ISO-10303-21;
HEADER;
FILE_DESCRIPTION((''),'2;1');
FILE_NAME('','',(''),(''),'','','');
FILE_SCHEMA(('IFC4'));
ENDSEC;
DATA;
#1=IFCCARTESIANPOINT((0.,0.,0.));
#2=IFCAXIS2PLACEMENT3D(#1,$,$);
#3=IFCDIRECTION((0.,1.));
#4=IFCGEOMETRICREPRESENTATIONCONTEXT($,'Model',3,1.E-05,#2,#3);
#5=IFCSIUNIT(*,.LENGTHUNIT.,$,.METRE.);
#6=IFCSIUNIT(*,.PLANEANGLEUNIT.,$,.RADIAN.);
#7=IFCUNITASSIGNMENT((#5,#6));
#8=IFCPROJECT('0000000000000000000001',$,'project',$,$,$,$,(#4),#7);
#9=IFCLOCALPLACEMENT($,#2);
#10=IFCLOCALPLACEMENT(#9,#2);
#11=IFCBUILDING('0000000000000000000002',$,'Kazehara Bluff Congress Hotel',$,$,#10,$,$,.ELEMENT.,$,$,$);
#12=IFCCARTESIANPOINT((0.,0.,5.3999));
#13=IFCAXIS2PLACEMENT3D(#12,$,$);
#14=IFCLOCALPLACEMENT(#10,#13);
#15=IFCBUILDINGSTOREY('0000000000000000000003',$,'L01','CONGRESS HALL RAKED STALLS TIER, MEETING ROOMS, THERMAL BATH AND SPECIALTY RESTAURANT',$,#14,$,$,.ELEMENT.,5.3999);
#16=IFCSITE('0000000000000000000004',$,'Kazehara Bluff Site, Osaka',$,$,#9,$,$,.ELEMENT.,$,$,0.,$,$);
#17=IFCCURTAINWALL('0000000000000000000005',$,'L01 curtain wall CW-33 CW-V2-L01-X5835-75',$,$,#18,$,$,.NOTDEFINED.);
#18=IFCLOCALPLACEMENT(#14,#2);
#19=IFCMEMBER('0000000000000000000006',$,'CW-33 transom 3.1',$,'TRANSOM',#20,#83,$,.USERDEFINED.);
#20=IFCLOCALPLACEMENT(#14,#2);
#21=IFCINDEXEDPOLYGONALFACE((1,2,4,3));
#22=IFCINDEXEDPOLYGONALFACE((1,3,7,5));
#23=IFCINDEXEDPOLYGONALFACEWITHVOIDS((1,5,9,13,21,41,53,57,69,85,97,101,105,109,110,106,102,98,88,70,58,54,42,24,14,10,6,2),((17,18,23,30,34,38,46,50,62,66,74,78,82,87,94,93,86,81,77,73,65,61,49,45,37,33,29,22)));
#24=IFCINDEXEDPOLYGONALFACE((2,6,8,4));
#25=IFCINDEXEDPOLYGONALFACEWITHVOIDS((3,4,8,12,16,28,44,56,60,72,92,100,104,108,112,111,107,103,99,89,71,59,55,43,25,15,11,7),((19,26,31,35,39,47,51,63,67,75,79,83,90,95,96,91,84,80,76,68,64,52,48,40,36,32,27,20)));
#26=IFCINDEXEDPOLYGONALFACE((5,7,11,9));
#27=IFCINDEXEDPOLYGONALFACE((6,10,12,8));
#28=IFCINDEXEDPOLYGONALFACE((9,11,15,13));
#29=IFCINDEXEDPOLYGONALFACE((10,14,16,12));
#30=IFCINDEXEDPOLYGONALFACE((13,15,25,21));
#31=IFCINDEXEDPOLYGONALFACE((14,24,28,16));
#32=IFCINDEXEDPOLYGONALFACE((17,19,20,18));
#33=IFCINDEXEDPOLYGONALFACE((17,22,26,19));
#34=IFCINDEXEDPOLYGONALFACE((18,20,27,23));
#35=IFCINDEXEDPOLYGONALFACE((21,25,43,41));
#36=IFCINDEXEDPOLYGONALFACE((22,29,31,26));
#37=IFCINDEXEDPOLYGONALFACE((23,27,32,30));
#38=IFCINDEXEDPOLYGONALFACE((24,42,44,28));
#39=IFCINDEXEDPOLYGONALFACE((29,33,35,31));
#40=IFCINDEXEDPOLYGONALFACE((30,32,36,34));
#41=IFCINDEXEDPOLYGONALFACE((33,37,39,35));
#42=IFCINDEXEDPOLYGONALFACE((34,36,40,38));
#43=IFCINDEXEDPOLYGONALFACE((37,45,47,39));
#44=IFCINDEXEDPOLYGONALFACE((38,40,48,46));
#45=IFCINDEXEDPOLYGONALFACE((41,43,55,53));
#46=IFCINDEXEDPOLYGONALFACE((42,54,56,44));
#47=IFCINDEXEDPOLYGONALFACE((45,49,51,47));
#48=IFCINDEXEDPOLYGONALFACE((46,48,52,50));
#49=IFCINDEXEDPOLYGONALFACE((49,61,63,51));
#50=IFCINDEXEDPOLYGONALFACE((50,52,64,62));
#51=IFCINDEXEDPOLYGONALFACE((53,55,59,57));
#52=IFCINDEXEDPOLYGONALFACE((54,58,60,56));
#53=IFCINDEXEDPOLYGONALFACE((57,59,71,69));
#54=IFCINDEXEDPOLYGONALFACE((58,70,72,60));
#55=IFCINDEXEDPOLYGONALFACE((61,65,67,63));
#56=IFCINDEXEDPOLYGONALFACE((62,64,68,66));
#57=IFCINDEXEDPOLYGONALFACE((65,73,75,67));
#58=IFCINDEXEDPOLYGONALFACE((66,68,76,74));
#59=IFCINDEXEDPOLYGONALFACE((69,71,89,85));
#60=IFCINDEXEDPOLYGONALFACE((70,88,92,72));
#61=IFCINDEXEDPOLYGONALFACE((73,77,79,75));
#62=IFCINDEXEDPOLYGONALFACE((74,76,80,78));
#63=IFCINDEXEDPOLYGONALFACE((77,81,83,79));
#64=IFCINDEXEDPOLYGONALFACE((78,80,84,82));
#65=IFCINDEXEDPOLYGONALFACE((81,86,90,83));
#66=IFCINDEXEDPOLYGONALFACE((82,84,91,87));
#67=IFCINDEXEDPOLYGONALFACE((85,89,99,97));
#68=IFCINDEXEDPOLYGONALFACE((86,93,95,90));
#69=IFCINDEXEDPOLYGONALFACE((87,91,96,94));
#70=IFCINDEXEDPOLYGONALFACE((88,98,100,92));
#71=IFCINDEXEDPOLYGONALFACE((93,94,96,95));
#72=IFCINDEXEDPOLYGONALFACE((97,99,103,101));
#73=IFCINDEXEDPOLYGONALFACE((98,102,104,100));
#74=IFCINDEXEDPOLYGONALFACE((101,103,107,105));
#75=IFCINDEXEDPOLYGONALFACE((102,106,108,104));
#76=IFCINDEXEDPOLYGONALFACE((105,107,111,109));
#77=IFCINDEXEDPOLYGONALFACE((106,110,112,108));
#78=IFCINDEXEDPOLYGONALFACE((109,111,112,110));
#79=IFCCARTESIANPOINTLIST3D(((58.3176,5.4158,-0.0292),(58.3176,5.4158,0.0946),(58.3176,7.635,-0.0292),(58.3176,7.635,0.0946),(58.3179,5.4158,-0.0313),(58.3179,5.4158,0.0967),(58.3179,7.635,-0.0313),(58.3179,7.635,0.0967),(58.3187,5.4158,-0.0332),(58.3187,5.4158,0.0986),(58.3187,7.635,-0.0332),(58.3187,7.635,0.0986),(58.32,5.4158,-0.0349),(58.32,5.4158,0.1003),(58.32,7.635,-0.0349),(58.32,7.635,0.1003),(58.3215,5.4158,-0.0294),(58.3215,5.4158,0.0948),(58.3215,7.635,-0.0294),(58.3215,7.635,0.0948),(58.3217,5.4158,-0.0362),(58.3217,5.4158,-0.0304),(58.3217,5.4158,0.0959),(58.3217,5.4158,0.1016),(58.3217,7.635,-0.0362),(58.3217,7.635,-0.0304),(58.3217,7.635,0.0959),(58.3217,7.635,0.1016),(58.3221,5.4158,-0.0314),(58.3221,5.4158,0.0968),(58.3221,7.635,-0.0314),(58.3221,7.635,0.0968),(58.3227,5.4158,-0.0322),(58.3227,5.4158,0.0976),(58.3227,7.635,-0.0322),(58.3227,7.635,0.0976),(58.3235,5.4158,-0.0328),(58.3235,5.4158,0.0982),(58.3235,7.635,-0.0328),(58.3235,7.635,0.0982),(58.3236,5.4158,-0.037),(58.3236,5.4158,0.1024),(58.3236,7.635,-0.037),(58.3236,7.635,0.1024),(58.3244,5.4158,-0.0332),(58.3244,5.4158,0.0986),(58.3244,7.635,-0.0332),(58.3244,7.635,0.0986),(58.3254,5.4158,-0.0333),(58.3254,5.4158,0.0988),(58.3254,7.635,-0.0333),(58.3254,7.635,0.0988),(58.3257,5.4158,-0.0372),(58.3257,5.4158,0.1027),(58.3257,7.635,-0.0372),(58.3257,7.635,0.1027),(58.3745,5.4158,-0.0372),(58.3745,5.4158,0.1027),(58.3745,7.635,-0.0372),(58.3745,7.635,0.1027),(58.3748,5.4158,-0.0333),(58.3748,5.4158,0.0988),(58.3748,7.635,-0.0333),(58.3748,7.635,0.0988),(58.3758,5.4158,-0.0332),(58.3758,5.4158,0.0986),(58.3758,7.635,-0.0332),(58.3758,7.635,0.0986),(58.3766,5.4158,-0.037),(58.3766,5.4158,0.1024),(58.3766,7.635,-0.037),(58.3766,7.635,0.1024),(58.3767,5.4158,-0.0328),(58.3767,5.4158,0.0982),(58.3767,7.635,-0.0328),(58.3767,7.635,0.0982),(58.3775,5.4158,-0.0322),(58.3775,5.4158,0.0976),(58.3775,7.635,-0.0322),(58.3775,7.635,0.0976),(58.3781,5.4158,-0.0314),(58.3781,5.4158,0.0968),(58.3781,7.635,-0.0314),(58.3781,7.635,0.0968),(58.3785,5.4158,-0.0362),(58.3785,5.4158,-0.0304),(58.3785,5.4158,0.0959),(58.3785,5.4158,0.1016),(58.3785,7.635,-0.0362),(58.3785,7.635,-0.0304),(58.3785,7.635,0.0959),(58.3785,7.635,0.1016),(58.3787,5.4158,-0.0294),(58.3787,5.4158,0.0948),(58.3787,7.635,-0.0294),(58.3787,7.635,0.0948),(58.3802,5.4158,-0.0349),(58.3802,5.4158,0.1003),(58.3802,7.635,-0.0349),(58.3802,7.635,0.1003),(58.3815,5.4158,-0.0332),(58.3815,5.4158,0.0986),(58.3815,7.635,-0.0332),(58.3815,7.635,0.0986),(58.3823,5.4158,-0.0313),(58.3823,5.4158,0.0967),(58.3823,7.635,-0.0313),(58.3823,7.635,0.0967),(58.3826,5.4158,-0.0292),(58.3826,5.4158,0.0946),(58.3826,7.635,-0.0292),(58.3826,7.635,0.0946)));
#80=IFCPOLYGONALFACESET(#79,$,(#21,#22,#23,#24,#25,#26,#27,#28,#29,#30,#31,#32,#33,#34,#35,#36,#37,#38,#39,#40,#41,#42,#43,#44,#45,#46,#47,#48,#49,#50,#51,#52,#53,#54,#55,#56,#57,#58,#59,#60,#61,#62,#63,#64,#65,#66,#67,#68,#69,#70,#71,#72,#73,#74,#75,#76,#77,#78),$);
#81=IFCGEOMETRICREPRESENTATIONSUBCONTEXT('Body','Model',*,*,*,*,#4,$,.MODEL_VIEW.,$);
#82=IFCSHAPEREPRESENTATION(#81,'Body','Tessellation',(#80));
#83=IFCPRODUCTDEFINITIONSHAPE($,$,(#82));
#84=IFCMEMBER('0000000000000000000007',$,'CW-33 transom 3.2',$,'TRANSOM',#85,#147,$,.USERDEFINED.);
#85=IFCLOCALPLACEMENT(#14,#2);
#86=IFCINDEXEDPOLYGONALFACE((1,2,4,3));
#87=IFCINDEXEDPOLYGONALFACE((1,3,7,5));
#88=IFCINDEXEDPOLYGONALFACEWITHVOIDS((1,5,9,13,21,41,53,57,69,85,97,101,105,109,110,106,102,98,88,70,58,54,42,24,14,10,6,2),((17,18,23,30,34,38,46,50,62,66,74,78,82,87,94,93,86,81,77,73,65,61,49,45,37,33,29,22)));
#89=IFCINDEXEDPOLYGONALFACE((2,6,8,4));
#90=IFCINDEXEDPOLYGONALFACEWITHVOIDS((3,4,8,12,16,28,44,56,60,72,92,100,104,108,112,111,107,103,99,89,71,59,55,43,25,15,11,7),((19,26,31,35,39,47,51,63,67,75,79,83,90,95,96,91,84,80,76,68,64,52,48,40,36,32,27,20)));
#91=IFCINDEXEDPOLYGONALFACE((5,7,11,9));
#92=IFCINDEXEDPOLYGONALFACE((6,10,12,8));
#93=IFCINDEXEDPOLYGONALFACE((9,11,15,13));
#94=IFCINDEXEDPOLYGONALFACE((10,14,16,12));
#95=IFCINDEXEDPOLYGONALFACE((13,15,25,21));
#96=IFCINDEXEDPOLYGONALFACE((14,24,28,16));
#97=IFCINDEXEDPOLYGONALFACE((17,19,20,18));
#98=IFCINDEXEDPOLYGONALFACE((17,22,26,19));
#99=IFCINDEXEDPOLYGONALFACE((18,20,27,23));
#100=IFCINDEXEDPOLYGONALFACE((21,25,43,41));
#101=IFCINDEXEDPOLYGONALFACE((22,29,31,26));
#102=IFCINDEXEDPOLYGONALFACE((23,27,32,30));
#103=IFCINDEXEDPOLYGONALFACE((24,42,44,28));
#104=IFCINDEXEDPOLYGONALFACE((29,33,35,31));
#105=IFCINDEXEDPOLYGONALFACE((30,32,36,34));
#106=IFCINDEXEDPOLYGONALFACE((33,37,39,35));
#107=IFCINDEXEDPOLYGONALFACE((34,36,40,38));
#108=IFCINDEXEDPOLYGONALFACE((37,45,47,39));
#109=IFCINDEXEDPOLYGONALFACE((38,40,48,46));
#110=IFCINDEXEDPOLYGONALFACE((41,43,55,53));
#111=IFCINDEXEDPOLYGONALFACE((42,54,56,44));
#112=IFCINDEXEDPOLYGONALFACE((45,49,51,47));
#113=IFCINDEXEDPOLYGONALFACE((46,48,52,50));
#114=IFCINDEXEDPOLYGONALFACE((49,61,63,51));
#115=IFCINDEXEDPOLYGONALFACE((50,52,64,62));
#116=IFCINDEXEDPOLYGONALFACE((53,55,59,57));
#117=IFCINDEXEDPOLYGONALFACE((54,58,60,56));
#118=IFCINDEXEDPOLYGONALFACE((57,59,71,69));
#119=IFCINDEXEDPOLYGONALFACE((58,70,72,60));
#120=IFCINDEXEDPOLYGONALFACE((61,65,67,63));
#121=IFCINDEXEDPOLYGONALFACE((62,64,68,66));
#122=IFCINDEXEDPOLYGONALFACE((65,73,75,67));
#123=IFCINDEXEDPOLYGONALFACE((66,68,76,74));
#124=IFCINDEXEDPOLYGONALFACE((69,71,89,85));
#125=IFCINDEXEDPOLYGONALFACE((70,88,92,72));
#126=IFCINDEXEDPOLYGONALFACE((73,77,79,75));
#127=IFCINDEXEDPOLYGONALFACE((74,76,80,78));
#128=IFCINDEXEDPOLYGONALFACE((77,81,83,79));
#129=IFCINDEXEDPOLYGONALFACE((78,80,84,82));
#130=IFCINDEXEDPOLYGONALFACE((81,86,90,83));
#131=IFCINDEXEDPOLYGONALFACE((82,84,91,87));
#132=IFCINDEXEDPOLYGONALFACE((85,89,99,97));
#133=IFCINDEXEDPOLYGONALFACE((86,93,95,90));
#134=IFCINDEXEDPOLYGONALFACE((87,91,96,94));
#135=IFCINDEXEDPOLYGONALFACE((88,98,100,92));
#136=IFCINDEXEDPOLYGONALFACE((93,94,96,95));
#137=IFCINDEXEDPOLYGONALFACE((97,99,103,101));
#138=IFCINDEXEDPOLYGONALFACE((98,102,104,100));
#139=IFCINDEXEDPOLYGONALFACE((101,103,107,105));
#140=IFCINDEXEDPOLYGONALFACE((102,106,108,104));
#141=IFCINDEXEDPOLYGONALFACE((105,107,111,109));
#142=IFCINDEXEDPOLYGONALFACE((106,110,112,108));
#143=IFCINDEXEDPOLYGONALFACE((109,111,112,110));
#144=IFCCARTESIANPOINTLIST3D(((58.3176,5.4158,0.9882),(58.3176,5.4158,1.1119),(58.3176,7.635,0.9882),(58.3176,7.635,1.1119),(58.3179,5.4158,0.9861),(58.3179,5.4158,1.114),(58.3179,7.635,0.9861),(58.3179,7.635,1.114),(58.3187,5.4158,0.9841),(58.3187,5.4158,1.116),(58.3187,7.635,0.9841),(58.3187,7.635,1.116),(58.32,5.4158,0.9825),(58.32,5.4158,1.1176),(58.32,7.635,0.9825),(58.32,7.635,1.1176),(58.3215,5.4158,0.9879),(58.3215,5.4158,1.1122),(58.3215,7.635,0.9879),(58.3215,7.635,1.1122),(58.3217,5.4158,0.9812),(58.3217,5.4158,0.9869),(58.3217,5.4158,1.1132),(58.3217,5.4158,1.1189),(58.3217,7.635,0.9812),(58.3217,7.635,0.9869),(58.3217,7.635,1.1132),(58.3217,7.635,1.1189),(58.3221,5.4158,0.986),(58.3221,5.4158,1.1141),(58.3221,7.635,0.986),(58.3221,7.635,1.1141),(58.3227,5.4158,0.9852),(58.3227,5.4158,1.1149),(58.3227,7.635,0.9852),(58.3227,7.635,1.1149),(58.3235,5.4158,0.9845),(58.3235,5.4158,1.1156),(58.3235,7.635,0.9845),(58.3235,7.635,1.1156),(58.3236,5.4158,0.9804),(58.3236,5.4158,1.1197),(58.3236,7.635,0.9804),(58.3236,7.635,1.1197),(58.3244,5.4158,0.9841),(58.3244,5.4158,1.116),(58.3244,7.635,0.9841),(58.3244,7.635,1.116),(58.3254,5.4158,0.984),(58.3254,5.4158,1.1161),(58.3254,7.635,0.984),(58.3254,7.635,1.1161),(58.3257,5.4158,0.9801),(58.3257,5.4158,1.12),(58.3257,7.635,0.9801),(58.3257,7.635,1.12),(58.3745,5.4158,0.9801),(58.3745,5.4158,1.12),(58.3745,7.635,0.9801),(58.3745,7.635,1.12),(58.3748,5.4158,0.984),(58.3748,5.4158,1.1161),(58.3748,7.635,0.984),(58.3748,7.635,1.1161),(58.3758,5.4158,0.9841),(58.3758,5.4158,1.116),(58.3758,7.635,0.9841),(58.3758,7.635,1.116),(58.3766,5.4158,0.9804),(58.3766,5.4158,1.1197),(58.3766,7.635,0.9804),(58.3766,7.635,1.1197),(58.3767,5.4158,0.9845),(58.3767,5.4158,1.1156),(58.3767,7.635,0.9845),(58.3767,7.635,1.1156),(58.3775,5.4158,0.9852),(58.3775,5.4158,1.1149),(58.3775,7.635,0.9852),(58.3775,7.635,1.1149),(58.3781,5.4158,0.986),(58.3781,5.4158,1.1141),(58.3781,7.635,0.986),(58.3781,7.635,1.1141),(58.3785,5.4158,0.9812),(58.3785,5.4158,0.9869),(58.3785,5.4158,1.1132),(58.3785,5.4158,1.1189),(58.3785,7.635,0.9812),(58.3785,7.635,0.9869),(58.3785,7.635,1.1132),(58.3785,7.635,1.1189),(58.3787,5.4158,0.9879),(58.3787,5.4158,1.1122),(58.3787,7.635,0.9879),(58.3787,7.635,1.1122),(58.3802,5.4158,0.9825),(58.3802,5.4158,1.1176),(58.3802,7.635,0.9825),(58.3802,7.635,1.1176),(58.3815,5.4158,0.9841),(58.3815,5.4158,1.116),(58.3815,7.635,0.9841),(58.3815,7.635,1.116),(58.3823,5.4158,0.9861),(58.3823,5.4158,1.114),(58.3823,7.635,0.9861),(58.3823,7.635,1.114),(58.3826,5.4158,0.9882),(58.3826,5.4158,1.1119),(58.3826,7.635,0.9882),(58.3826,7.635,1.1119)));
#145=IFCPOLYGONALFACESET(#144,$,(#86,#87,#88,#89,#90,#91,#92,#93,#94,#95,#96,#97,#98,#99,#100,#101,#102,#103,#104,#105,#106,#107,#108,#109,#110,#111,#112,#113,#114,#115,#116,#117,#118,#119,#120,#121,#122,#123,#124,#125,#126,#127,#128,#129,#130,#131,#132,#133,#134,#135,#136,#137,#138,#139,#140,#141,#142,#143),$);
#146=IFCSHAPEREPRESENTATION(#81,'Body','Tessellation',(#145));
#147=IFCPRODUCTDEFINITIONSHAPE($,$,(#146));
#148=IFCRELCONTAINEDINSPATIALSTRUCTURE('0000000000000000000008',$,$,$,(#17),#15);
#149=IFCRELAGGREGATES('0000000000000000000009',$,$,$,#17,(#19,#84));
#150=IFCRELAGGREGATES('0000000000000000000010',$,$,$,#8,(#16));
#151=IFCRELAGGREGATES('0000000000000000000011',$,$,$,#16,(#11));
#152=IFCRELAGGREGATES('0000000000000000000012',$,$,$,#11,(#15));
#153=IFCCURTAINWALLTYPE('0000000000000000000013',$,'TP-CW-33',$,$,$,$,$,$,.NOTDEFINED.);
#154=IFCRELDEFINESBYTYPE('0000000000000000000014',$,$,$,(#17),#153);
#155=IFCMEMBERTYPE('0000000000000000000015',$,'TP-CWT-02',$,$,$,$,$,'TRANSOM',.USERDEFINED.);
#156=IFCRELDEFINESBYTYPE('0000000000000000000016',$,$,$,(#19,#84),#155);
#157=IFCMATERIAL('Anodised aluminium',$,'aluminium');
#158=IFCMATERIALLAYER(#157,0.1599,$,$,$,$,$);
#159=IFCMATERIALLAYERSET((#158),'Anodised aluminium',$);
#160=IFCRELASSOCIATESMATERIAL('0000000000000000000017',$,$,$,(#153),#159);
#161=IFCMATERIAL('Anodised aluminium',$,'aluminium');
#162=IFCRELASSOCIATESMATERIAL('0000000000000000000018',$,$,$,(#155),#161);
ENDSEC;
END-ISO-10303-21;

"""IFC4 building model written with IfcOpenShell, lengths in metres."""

from ifc_helpers import new_model, si_unit, direction, frame, origin, origin_2d, place, context, subcontext, project, spatial, hollow_rectangle, extrude, material, layer, layer_set, material_profile, profile_set, type_object, element, aggregate, save


model = new_model("IFC4")

# Units and contexts
model_context = context("Model", 3, precision=1e-05, world=origin(), true_north=direction((0.0, 1.0)))
body_context = subcontext(model_context, "Body", "Model", "MODEL_VIEW")
ifc_project = project(units=[si_unit("LENGTHUNIT", "METRE"), si_unit("PLANEANGLEUNIT", "RADIAN")], contexts=[model_context])

# Site, building, storey
site_placement = place(None, origin())
site = spatial("IfcSite", under=ifc_project, at=site_placement, Name="Kazehara Bluff Site, Osaka", CompositionType="ELEMENT", RefElevation=0.0)
building_placement = place(site_placement, origin())
building = spatial("IfcBuilding", under=site, at=building_placement, Name="Kazehara Bluff Congress Hotel", CompositionType="ELEMENT")
storey_placement = place(building_placement, frame((0.0, 0.0, 5.3999)))
storey = spatial("IfcBuildingStorey", under=building, at=storey_placement, Name="L01", Description="CONGRESS HALL RAKED STALLS TIER, MEETING ROOMS, THERMAL BATH AND SPECIALTY RESTAURANT", CompositionType="ELEMENT", Elevation=5.3999)

# Curtain wall
ifc_material_1 = material(Name="Anodised aluminium", Category="aluminium")
ifc_layer_1 = layer(ifc_material_1, 0.1599)
ifc_layer_set_1 = layer_set([ifc_layer_1], Name="Anodised aluminium")
curtain_wall_type_1 = type_object("IfcCurtainWallType", Name="TP-CW-33", PredefinedType="NOTDEFINED", material=ifc_layer_set_1)
curtain_wall_1_placement = place(storey_placement, origin())
curtain_wall_1 = element("IfcCurtainWall", 1, at=curtain_wall_1_placement, inside=storey, type_object=curtain_wall_type_1, Name="L01 curtain wall CW-33 CW-V2-L01-X5835-75", PredefinedType="NOTDEFINED")

# Members
ifc_material_2 = material(Name="Anodised aluminium", Category="aluminium")
ifc_material_profile_1 = material_profile(ifc_material_2, hollow_rectangle(XDim=0.0649, YDim=0.1399, WallThickness=0.0039, InnerFilletRadius=0.0039, OuterFilletRadius=0.0081, at=origin_2d()))
ifc_profile_set_1 = profile_set([ifc_material_profile_1], Name="Anodised aluminium")
member_type_1 = type_object("IfcMemberType", Name="TP-CWT-02", ElementType="TRANSOM", PredefinedType="USERDEFINED", material=ifc_profile_set_1)
member_1_placement = place(storey_placement, frame((58.3501, 5.4158, 0.0327), z_axis=(0.0, 1.0, 0.0), x_axis=(-1.0, 0.0, 0.0)))
member_1 = element("IfcMember", 2, at=member_1_placement, type_object=member_type_1, Name="CW-33 transom 3.1", ObjectType="TRANSOM", PredefinedType="USERDEFINED", context=body_context, shape_type="SweptSolid", body=[
    extrude(hollow_rectangle(XDim=0.0649, YDim=0.1399, WallThickness=0.0039, InnerFilletRadius=0.0039, OuterFilletRadius=0.0081, at=origin_2d()), origin(), (0.0, 0.0, 1.0), 2.2192),
])
member_2_placement = place(storey_placement, frame((58.3501, 5.4158, 1.05), z_axis=(0.0, 1.0, 0.0), x_axis=(-1.0, 0.0, 0.0)))
member_2 = element("IfcMember", 3, at=member_2_placement, type_object=member_type_1, Name="CW-33 transom 3.2", ObjectType="TRANSOM", PredefinedType="USERDEFINED", context=body_context, shape_type="SweptSolid", body=[
    extrude(hollow_rectangle(XDim=0.0649, YDim=0.1399, WallThickness=0.0039, InnerFilletRadius=0.0039, OuterFilletRadius=0.0081, at=origin_2d()), origin(), (0.0, 0.0, 1.0), 2.2192),
])

aggregate(curtain_wall_1, [member_1, member_2])

save(model, "model.ifc")
